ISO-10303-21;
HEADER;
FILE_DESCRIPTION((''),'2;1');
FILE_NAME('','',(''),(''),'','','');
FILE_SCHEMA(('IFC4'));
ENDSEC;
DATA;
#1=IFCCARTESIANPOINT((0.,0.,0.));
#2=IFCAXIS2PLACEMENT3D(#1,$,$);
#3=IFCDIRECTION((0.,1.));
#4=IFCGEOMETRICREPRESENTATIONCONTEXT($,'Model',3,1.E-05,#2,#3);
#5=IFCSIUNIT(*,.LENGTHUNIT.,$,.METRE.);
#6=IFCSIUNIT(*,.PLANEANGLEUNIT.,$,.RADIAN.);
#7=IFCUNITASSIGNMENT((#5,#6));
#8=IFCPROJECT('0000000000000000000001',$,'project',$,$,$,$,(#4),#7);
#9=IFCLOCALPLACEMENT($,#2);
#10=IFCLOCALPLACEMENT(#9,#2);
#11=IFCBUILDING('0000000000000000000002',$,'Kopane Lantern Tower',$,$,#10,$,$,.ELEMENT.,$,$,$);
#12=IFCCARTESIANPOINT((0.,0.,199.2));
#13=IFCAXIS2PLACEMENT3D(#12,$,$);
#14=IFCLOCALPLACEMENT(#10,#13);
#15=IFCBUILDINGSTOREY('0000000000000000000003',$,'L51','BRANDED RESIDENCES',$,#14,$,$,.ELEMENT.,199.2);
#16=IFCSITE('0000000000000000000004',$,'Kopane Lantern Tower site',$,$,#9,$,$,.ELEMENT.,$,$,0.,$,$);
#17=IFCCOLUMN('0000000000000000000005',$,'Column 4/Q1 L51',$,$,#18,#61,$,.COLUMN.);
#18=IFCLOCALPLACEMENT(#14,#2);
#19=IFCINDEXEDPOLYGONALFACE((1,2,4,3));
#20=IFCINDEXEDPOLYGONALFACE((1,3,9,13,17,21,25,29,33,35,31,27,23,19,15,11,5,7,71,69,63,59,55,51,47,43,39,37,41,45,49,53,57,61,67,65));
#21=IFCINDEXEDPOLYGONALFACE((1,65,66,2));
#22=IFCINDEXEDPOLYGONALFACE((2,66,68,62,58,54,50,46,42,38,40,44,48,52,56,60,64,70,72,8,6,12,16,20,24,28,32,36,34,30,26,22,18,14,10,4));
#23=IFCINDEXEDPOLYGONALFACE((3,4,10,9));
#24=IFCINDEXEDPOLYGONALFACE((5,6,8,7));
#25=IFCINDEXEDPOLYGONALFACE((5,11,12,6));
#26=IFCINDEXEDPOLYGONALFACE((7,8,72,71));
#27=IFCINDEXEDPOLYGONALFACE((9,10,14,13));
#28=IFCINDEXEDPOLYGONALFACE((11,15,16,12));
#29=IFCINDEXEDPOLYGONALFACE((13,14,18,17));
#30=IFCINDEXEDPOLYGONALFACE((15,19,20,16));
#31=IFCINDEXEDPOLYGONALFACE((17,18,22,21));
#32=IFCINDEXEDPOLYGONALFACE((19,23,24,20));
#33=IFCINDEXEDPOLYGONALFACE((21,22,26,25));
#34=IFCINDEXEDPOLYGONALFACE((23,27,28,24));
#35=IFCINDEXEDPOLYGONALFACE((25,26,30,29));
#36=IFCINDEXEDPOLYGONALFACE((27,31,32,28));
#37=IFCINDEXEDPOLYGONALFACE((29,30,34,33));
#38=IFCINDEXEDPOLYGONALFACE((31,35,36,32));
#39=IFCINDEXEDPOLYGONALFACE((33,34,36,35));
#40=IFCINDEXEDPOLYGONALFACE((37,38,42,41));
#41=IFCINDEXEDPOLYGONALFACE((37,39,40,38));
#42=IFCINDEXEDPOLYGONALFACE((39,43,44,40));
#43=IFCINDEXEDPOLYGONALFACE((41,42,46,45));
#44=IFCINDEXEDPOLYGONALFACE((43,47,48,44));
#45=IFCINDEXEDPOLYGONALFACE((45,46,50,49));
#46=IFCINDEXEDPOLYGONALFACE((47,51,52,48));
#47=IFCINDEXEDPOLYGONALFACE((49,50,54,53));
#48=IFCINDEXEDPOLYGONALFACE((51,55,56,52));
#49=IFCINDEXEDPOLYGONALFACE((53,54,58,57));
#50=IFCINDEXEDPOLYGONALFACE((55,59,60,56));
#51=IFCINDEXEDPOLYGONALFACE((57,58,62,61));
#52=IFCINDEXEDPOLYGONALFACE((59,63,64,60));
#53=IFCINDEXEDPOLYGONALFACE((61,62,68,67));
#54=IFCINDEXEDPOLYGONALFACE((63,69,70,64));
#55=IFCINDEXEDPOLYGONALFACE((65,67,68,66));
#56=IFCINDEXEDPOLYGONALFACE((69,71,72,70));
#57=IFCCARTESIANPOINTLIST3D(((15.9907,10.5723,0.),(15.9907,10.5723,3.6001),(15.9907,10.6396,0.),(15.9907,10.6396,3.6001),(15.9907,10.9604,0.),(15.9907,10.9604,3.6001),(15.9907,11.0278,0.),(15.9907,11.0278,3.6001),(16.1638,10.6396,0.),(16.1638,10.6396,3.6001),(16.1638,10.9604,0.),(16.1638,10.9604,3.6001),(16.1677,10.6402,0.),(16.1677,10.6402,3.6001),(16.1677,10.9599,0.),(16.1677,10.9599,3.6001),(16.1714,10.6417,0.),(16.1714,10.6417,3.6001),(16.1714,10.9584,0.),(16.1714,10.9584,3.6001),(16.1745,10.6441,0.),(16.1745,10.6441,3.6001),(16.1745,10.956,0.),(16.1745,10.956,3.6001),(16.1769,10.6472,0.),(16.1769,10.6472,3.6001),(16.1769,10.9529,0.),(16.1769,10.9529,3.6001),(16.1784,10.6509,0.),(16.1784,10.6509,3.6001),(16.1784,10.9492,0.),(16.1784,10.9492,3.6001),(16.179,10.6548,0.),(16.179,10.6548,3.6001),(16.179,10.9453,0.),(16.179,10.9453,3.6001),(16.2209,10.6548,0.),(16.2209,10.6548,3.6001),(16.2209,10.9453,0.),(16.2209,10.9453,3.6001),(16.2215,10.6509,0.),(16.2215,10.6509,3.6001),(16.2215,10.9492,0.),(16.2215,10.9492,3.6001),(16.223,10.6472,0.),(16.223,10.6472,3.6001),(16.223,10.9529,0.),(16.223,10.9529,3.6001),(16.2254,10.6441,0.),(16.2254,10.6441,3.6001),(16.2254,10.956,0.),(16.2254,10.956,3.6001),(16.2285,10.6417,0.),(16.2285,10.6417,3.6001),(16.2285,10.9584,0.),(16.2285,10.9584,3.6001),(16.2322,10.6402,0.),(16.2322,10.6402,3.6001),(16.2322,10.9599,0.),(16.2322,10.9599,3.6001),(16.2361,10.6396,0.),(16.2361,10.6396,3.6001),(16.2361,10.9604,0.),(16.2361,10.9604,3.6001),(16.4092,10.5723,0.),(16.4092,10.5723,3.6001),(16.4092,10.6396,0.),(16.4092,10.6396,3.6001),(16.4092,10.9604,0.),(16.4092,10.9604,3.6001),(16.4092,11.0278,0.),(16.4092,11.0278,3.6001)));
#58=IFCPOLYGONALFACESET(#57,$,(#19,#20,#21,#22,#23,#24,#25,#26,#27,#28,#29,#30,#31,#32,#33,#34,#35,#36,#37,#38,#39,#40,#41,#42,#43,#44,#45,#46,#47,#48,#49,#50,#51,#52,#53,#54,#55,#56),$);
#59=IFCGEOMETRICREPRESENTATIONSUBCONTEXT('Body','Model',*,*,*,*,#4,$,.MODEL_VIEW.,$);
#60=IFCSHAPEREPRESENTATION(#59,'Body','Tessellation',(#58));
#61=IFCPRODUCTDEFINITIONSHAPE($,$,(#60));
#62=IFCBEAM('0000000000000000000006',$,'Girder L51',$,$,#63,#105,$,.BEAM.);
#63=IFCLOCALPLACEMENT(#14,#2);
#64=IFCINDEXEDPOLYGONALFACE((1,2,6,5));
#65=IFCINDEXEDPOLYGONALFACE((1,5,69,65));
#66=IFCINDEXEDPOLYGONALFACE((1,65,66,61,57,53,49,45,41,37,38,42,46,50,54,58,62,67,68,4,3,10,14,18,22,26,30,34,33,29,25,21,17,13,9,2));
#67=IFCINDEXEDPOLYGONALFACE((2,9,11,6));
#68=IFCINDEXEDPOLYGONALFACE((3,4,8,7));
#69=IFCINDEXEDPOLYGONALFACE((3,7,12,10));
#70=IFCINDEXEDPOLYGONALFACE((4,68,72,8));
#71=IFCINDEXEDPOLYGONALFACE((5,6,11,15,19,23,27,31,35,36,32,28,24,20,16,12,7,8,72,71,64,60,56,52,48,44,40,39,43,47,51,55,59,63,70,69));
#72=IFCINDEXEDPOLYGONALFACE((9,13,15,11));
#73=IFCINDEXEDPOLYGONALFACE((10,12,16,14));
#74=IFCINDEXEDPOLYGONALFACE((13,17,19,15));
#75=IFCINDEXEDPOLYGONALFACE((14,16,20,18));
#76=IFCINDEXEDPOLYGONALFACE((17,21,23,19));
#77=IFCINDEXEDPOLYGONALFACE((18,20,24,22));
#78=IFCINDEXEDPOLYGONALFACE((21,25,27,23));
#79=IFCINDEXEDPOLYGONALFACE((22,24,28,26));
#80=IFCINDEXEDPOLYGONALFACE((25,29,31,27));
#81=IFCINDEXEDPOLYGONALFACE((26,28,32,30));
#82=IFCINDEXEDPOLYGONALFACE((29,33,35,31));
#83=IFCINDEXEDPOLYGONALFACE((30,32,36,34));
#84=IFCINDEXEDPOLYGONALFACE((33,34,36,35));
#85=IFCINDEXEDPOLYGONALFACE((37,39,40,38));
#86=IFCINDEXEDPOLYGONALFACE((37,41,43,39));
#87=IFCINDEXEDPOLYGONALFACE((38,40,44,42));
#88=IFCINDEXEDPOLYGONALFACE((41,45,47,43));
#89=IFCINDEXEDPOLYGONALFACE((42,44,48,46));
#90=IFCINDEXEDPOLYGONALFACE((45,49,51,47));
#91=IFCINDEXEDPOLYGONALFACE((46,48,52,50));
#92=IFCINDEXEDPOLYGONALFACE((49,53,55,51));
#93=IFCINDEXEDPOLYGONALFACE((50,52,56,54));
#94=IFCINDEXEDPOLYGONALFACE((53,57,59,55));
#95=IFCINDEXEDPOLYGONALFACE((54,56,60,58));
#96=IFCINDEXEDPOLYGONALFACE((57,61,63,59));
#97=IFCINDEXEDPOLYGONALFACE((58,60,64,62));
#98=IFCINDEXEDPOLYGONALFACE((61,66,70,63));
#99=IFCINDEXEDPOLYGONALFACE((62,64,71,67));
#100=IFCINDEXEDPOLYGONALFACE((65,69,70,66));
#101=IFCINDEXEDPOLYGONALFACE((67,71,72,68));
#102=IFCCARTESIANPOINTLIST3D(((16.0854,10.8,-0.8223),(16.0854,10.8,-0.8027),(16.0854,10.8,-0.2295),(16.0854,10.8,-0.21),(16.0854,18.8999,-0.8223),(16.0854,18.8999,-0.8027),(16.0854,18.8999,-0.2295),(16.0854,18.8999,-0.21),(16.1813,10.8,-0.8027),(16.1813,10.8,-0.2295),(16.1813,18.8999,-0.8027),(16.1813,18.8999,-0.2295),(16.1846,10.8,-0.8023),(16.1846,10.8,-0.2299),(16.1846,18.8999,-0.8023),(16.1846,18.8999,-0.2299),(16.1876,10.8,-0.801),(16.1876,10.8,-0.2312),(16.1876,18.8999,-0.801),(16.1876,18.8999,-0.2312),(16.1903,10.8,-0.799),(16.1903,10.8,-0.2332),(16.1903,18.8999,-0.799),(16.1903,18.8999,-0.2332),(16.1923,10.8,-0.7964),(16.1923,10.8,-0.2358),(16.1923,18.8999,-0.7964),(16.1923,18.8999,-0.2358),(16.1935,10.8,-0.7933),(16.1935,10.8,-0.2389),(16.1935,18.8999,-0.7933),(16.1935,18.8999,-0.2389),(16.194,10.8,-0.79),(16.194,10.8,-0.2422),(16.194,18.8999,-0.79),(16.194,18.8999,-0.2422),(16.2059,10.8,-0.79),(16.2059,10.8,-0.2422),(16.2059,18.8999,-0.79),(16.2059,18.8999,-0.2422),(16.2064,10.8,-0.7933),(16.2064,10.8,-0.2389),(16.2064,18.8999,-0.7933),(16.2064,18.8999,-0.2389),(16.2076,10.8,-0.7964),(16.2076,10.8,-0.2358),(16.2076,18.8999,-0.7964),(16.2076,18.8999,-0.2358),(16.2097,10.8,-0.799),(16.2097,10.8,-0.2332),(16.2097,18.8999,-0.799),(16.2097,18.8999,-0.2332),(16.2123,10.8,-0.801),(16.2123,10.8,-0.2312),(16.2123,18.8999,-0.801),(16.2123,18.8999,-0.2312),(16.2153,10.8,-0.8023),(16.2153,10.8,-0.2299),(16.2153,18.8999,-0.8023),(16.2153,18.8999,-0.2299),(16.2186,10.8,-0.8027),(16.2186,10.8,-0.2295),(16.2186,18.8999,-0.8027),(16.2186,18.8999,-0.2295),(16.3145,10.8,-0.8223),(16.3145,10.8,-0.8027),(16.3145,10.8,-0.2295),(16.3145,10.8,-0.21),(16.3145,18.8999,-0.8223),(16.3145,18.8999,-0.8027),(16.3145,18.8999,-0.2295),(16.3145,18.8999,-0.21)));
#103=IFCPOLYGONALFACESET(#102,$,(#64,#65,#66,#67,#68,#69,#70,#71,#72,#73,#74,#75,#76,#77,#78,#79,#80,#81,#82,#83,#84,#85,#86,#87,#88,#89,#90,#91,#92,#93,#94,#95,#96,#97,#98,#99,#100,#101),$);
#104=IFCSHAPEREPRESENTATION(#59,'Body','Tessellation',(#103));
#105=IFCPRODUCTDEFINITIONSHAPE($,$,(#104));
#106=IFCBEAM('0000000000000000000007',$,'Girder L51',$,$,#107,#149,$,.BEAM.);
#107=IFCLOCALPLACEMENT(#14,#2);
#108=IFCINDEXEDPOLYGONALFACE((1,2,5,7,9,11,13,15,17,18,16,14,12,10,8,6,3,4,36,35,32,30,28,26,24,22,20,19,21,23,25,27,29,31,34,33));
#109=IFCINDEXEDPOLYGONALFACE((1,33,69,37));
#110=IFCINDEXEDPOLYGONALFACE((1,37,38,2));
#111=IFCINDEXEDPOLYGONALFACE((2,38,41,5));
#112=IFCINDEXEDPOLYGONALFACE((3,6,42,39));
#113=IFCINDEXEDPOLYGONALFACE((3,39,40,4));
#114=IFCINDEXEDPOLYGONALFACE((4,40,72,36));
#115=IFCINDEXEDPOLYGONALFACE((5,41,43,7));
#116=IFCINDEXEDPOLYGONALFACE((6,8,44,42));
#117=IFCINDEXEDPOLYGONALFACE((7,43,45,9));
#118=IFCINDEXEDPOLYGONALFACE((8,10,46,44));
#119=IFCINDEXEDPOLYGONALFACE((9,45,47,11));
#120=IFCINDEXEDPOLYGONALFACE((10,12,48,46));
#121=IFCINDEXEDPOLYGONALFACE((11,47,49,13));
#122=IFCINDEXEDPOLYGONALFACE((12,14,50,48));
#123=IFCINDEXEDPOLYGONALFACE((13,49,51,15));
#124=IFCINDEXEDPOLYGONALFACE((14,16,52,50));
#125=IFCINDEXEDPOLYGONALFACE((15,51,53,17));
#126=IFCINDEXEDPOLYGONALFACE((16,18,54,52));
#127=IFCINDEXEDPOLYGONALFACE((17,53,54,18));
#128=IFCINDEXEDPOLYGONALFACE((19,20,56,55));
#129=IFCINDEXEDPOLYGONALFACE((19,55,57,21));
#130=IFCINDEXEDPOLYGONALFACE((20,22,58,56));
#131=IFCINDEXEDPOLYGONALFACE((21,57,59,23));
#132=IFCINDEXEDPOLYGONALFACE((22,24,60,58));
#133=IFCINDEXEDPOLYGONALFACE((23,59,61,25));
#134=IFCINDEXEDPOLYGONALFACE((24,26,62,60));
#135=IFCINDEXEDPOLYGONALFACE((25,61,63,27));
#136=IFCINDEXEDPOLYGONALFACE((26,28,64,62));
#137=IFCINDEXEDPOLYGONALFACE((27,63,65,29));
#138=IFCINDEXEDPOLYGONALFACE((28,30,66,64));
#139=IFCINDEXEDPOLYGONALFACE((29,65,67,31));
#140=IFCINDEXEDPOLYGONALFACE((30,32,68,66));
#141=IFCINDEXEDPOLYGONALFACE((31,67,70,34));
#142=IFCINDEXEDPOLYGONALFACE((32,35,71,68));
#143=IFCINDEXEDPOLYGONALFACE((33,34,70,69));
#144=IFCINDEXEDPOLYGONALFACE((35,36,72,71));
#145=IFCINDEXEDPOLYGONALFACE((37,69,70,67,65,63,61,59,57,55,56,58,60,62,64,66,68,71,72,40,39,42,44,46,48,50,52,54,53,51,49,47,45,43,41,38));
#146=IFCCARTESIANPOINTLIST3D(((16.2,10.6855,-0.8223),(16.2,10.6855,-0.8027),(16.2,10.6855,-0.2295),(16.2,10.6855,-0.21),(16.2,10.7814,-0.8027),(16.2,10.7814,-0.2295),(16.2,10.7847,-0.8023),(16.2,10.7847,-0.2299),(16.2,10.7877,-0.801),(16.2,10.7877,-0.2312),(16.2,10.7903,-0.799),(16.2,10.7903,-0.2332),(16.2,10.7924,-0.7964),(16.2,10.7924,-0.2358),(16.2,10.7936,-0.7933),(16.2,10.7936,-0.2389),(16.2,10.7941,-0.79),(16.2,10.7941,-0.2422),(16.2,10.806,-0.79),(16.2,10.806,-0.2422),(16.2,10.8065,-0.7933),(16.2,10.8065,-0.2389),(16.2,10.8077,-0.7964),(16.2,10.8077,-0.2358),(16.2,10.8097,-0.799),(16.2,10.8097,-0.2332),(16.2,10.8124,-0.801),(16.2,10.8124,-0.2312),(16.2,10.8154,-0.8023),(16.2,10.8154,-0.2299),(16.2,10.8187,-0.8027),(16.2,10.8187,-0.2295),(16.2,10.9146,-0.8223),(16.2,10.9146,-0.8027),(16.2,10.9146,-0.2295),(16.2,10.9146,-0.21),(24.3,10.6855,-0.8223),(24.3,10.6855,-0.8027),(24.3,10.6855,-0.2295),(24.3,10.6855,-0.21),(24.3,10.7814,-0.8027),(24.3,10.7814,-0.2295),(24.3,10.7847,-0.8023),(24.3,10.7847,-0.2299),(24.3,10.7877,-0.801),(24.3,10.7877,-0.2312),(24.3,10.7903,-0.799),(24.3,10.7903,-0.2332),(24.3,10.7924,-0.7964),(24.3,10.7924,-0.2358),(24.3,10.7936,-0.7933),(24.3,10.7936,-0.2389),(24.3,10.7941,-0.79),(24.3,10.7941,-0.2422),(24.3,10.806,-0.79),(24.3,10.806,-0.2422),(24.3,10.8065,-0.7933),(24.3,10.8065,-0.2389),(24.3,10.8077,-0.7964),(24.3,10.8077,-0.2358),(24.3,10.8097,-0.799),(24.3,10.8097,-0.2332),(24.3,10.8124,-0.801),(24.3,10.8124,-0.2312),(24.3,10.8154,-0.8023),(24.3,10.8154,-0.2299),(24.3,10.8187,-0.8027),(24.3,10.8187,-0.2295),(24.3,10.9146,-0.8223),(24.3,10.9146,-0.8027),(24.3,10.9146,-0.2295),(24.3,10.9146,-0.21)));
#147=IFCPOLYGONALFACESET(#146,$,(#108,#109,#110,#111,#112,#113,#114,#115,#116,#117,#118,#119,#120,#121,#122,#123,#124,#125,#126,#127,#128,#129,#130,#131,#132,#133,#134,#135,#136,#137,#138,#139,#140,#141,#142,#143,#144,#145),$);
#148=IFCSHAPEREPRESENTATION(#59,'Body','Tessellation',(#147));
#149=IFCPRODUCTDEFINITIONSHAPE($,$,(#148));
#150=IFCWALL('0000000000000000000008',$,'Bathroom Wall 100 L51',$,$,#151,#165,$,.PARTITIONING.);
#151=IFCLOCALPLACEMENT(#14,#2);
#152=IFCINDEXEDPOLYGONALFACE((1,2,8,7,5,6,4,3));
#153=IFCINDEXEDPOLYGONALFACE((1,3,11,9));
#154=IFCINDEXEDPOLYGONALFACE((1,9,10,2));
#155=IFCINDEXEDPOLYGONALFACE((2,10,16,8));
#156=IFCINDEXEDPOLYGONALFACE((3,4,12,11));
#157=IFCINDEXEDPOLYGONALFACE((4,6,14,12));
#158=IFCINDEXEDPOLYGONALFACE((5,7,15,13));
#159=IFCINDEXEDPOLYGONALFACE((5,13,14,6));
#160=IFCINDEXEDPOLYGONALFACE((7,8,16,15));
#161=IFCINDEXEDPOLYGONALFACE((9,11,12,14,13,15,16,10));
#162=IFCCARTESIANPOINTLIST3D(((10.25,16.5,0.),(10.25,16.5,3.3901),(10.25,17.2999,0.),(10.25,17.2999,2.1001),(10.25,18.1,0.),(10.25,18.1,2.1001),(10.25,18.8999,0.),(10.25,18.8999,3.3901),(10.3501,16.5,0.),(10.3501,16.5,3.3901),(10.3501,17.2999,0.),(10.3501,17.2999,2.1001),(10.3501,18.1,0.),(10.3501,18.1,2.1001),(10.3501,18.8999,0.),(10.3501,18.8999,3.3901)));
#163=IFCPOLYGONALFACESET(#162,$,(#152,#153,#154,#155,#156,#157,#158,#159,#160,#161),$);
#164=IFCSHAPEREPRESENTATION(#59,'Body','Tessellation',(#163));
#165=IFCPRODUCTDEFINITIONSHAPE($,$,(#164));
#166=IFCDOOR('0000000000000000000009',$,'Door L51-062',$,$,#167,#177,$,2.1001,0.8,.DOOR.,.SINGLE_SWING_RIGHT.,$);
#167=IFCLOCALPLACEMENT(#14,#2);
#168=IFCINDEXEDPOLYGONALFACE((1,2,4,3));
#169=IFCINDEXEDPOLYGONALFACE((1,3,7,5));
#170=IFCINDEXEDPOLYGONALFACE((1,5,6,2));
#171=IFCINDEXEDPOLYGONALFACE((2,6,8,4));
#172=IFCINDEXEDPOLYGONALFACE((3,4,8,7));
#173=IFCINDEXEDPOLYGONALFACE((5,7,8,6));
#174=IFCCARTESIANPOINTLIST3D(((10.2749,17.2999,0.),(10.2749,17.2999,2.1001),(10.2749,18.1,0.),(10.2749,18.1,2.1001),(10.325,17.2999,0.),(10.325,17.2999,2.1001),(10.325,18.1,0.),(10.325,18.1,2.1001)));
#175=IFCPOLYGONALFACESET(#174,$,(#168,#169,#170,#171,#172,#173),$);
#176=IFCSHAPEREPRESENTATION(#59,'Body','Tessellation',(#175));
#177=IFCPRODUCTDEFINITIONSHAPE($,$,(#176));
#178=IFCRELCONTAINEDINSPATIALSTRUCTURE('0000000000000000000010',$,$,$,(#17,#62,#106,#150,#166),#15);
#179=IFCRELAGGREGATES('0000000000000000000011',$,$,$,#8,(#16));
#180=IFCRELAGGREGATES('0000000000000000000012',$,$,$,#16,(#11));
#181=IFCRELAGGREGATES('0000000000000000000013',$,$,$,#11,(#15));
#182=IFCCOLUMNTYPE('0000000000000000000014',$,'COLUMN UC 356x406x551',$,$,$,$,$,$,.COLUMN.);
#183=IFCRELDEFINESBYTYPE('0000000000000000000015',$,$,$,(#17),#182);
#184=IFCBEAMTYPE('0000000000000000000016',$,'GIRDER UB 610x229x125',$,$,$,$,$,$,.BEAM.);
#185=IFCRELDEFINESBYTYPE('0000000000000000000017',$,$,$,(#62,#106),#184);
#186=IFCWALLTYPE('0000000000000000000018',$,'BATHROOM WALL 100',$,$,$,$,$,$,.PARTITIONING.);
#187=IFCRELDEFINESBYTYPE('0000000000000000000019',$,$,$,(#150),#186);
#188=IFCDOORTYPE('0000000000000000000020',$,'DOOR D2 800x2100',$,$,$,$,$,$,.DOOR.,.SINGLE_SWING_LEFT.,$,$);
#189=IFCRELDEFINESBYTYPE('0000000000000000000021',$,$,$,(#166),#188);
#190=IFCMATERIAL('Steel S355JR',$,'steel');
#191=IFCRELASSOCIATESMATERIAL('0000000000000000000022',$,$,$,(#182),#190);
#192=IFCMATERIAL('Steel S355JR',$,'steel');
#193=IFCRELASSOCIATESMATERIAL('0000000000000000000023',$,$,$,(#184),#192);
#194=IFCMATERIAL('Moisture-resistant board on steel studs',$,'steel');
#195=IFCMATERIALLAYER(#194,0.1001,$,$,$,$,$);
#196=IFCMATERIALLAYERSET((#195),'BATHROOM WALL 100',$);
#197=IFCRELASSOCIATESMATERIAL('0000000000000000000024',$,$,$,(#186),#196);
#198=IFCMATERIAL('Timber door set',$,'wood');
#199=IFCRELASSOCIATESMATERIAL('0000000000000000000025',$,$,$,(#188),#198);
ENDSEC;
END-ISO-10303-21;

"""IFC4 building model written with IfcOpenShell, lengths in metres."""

from ifc_helpers import new_model, si_unit, direction, frame, frame_2d, origin, origin_2d, place, context, subcontext, project, spatial, rectangle, i_section, extrude, material, layer, layer_set, material_profile, profile_set, type_object, element, fill, save


model = new_model("IFC4")

# Units and contexts
model_context = context("Model", 3, precision=1e-05, world=origin(), true_north=direction((0.0, 1.0)))
body_context = subcontext(model_context, "Body", "Model", "MODEL_VIEW")
ifc_project = project(units=[si_unit("LENGTHUNIT", "METRE"), si_unit("PLANEANGLEUNIT", "RADIAN")], contexts=[model_context])

# Site, building, storey
site_placement = place(None, origin())
site = spatial("IfcSite", under=ifc_project, at=site_placement, Name="Kopane Lantern Tower site", CompositionType="ELEMENT", RefElevation=0.0)
building_placement = place(site_placement, origin())
building = spatial("IfcBuilding", under=site, at=building_placement, Name="Kopane Lantern Tower", CompositionType="ELEMENT")
storey_placement = place(building_placement, frame((0.0, 0.0, 199.2)))
storey = spatial("IfcBuildingStorey", under=building, at=storey_placement, Name="L51", Description="BRANDED RESIDENCES", CompositionType="ELEMENT", Elevation=199.2)

# Column
ifc_material_1 = material(Name="Steel S355JR", Category="steel")
ifc_material_profile_1 = material_profile(ifc_material_1, i_section(OverallWidth=0.4185, OverallDepth=0.4556, WebThickness=0.042, FlangeThickness=0.0674, FilletRadius=0.0151, at=origin_2d()), Name="UC 356x406x551")
ifc_profile_set_1 = profile_set([ifc_material_profile_1], Name="Steel S355JR")
column_type = type_object("IfcColumnType", Name="COLUMN UC 356x406x551", PredefinedType="COLUMN", material=ifc_profile_set_1)
column_placement = place(storey_placement, frame((16.2, 10.8, 0.0), z_axis=(0.0, 0.0, 1.0), x_axis=(1.0, 0.0, 0.0)))
element("IfcColumn", 1, at=column_placement, inside=storey, type_object=column_type, Name="Column 4/Q1 L51", PredefinedType="COLUMN", context=body_context, shape_type="SweptSolid", body=[
    extrude(i_section(OverallWidth=0.4185, OverallDepth=0.4556, WebThickness=0.042, FlangeThickness=0.0674, FilletRadius=0.0151, at=origin_2d()), origin(), (0.0, 0.0, 1.0), 3.6001),
])

# Beams
ifc_material_2 = material(Name="Steel S355JR", Category="steel")
ifc_material_profile_2 = material_profile(ifc_material_2, i_section(OverallWidth=0.229, OverallDepth=0.6123, WebThickness=0.012, FlangeThickness=0.0195, FilletRadius=0.0127, at=origin_2d()), Name="UB 610x229x125")
ifc_profile_set_2 = profile_set([ifc_material_profile_2], Name="Steel S355JR")
beam_type = type_object("IfcBeamType", Name="GIRDER UB 610x229x125", PredefinedType="BEAM", material=ifc_profile_set_2)
beam_1_placement = place(storey_placement, frame((16.2, 10.8, -0.5161), z_axis=(0.0, 1.0, 0.0), x_axis=(-1.0, 0.0, 0.0)))
element("IfcBeam", 2, at=beam_1_placement, inside=storey, type_object=beam_type, Name="Girder L51", PredefinedType="BEAM", context=body_context, shape_type="SweptSolid", body=[
    extrude(i_section(OverallWidth=0.229, OverallDepth=0.6123, WebThickness=0.012, FlangeThickness=0.0195, FilletRadius=0.0127, at=origin_2d()), origin(), (0.0, 0.0, 1.0), 8.0999),
])
beam_2_placement = place(storey_placement, frame((16.2, 10.8, -0.5161), z_axis=(1.0, 0.0, 0.0), x_axis=(0.0, 1.0, 0.0)))
element("IfcBeam", 3, at=beam_2_placement, inside=storey, type_object=beam_type, Name="Girder L51", PredefinedType="BEAM", context=body_context, shape_type="SweptSolid", body=[
    extrude(i_section(OverallWidth=0.229, OverallDepth=0.6123, WebThickness=0.012, FlangeThickness=0.0195, FilletRadius=0.0127, at=origin_2d()), origin(), (0.0, 0.0, 1.0), 8.1001),
])

# Wall, opening, door
ifc_material_3 = material(Name="Moisture-resistant board on steel studs", Category="steel")
ifc_layer_1 = layer(ifc_material_3, 0.1001)
ifc_layer_set_1 = layer_set([ifc_layer_1], Name="BATHROOM WALL 100")
wall_type_1 = type_object("IfcWallType", Name="BATHROOM WALL 100", PredefinedType="PARTITIONING", material=ifc_layer_set_1)
wall_1_placement = place(storey_placement, frame((10.3, 18.8999, 0.0), z_axis=(0.0, 0.0, 1.0), x_axis=(0.0, -1.0, 0.0)))
wall_1 = element("IfcWall", 4, at=wall_1_placement, inside=storey, type_object=wall_type_1, Name="Bathroom Wall 100 L51", PredefinedType="PARTITIONING", context=body_context, shape_type="SweptSolid", body=[
    extrude(rectangle(XDim=2.3999, YDim=0.1001, at=frame_2d((1.2, 0.0))), origin(), (0.0, 0.0, 1.0), 3.3901),
])
opening_1_placement = place(wall_1_placement, frame((0.8, 0.0, 0.0)))
opening_1 = element("IfcOpeningElement", 5, at=opening_1_placement, cuts=wall_1, PredefinedType="OPENING", context=body_context, shape_type="SweptSolid", body=[
    extrude(rectangle(XDim=0.8, YDim=2.1001, at=frame_2d((0.3999, 1.05))), frame((0.0, 0.0601, 0.0), z_axis=(0.0, -1.0, 0.0), x_axis=(1.0, 0.0, 0.0)), (0.0, 0.0, 1.0), 0.1201),
])
ifc_material_4 = material(Name="Timber door set", Category="wood")
door_type = type_object("IfcDoorType", Name="DOOR D2 800x2100", OperationType="SINGLE_SWING_LEFT", PredefinedType="DOOR", material=ifc_material_4)
door_placement = place(opening_1_placement, origin())
door = element("IfcDoor", 6, at=door_placement, inside=storey, type_object=door_type, Name="Door L51-062", OperationType="SINGLE_SWING_RIGHT", OverallHeight=2.1001, OverallWidth=0.8, PredefinedType="DOOR", context=body_context, shape_type="SweptSolid", body=[
    extrude(rectangle(XDim=0.8, YDim=2.1001, at=frame_2d((0.3999, 1.05))), frame((0.0, 0.0249, 0.0), z_axis=(0.0, -1.0, 0.0), x_axis=(1.0, 0.0, 0.0)), (0.0, 0.0, 1.0), 0.05),
])
fill(opening_1, door)

save(model, "model.ifc")
